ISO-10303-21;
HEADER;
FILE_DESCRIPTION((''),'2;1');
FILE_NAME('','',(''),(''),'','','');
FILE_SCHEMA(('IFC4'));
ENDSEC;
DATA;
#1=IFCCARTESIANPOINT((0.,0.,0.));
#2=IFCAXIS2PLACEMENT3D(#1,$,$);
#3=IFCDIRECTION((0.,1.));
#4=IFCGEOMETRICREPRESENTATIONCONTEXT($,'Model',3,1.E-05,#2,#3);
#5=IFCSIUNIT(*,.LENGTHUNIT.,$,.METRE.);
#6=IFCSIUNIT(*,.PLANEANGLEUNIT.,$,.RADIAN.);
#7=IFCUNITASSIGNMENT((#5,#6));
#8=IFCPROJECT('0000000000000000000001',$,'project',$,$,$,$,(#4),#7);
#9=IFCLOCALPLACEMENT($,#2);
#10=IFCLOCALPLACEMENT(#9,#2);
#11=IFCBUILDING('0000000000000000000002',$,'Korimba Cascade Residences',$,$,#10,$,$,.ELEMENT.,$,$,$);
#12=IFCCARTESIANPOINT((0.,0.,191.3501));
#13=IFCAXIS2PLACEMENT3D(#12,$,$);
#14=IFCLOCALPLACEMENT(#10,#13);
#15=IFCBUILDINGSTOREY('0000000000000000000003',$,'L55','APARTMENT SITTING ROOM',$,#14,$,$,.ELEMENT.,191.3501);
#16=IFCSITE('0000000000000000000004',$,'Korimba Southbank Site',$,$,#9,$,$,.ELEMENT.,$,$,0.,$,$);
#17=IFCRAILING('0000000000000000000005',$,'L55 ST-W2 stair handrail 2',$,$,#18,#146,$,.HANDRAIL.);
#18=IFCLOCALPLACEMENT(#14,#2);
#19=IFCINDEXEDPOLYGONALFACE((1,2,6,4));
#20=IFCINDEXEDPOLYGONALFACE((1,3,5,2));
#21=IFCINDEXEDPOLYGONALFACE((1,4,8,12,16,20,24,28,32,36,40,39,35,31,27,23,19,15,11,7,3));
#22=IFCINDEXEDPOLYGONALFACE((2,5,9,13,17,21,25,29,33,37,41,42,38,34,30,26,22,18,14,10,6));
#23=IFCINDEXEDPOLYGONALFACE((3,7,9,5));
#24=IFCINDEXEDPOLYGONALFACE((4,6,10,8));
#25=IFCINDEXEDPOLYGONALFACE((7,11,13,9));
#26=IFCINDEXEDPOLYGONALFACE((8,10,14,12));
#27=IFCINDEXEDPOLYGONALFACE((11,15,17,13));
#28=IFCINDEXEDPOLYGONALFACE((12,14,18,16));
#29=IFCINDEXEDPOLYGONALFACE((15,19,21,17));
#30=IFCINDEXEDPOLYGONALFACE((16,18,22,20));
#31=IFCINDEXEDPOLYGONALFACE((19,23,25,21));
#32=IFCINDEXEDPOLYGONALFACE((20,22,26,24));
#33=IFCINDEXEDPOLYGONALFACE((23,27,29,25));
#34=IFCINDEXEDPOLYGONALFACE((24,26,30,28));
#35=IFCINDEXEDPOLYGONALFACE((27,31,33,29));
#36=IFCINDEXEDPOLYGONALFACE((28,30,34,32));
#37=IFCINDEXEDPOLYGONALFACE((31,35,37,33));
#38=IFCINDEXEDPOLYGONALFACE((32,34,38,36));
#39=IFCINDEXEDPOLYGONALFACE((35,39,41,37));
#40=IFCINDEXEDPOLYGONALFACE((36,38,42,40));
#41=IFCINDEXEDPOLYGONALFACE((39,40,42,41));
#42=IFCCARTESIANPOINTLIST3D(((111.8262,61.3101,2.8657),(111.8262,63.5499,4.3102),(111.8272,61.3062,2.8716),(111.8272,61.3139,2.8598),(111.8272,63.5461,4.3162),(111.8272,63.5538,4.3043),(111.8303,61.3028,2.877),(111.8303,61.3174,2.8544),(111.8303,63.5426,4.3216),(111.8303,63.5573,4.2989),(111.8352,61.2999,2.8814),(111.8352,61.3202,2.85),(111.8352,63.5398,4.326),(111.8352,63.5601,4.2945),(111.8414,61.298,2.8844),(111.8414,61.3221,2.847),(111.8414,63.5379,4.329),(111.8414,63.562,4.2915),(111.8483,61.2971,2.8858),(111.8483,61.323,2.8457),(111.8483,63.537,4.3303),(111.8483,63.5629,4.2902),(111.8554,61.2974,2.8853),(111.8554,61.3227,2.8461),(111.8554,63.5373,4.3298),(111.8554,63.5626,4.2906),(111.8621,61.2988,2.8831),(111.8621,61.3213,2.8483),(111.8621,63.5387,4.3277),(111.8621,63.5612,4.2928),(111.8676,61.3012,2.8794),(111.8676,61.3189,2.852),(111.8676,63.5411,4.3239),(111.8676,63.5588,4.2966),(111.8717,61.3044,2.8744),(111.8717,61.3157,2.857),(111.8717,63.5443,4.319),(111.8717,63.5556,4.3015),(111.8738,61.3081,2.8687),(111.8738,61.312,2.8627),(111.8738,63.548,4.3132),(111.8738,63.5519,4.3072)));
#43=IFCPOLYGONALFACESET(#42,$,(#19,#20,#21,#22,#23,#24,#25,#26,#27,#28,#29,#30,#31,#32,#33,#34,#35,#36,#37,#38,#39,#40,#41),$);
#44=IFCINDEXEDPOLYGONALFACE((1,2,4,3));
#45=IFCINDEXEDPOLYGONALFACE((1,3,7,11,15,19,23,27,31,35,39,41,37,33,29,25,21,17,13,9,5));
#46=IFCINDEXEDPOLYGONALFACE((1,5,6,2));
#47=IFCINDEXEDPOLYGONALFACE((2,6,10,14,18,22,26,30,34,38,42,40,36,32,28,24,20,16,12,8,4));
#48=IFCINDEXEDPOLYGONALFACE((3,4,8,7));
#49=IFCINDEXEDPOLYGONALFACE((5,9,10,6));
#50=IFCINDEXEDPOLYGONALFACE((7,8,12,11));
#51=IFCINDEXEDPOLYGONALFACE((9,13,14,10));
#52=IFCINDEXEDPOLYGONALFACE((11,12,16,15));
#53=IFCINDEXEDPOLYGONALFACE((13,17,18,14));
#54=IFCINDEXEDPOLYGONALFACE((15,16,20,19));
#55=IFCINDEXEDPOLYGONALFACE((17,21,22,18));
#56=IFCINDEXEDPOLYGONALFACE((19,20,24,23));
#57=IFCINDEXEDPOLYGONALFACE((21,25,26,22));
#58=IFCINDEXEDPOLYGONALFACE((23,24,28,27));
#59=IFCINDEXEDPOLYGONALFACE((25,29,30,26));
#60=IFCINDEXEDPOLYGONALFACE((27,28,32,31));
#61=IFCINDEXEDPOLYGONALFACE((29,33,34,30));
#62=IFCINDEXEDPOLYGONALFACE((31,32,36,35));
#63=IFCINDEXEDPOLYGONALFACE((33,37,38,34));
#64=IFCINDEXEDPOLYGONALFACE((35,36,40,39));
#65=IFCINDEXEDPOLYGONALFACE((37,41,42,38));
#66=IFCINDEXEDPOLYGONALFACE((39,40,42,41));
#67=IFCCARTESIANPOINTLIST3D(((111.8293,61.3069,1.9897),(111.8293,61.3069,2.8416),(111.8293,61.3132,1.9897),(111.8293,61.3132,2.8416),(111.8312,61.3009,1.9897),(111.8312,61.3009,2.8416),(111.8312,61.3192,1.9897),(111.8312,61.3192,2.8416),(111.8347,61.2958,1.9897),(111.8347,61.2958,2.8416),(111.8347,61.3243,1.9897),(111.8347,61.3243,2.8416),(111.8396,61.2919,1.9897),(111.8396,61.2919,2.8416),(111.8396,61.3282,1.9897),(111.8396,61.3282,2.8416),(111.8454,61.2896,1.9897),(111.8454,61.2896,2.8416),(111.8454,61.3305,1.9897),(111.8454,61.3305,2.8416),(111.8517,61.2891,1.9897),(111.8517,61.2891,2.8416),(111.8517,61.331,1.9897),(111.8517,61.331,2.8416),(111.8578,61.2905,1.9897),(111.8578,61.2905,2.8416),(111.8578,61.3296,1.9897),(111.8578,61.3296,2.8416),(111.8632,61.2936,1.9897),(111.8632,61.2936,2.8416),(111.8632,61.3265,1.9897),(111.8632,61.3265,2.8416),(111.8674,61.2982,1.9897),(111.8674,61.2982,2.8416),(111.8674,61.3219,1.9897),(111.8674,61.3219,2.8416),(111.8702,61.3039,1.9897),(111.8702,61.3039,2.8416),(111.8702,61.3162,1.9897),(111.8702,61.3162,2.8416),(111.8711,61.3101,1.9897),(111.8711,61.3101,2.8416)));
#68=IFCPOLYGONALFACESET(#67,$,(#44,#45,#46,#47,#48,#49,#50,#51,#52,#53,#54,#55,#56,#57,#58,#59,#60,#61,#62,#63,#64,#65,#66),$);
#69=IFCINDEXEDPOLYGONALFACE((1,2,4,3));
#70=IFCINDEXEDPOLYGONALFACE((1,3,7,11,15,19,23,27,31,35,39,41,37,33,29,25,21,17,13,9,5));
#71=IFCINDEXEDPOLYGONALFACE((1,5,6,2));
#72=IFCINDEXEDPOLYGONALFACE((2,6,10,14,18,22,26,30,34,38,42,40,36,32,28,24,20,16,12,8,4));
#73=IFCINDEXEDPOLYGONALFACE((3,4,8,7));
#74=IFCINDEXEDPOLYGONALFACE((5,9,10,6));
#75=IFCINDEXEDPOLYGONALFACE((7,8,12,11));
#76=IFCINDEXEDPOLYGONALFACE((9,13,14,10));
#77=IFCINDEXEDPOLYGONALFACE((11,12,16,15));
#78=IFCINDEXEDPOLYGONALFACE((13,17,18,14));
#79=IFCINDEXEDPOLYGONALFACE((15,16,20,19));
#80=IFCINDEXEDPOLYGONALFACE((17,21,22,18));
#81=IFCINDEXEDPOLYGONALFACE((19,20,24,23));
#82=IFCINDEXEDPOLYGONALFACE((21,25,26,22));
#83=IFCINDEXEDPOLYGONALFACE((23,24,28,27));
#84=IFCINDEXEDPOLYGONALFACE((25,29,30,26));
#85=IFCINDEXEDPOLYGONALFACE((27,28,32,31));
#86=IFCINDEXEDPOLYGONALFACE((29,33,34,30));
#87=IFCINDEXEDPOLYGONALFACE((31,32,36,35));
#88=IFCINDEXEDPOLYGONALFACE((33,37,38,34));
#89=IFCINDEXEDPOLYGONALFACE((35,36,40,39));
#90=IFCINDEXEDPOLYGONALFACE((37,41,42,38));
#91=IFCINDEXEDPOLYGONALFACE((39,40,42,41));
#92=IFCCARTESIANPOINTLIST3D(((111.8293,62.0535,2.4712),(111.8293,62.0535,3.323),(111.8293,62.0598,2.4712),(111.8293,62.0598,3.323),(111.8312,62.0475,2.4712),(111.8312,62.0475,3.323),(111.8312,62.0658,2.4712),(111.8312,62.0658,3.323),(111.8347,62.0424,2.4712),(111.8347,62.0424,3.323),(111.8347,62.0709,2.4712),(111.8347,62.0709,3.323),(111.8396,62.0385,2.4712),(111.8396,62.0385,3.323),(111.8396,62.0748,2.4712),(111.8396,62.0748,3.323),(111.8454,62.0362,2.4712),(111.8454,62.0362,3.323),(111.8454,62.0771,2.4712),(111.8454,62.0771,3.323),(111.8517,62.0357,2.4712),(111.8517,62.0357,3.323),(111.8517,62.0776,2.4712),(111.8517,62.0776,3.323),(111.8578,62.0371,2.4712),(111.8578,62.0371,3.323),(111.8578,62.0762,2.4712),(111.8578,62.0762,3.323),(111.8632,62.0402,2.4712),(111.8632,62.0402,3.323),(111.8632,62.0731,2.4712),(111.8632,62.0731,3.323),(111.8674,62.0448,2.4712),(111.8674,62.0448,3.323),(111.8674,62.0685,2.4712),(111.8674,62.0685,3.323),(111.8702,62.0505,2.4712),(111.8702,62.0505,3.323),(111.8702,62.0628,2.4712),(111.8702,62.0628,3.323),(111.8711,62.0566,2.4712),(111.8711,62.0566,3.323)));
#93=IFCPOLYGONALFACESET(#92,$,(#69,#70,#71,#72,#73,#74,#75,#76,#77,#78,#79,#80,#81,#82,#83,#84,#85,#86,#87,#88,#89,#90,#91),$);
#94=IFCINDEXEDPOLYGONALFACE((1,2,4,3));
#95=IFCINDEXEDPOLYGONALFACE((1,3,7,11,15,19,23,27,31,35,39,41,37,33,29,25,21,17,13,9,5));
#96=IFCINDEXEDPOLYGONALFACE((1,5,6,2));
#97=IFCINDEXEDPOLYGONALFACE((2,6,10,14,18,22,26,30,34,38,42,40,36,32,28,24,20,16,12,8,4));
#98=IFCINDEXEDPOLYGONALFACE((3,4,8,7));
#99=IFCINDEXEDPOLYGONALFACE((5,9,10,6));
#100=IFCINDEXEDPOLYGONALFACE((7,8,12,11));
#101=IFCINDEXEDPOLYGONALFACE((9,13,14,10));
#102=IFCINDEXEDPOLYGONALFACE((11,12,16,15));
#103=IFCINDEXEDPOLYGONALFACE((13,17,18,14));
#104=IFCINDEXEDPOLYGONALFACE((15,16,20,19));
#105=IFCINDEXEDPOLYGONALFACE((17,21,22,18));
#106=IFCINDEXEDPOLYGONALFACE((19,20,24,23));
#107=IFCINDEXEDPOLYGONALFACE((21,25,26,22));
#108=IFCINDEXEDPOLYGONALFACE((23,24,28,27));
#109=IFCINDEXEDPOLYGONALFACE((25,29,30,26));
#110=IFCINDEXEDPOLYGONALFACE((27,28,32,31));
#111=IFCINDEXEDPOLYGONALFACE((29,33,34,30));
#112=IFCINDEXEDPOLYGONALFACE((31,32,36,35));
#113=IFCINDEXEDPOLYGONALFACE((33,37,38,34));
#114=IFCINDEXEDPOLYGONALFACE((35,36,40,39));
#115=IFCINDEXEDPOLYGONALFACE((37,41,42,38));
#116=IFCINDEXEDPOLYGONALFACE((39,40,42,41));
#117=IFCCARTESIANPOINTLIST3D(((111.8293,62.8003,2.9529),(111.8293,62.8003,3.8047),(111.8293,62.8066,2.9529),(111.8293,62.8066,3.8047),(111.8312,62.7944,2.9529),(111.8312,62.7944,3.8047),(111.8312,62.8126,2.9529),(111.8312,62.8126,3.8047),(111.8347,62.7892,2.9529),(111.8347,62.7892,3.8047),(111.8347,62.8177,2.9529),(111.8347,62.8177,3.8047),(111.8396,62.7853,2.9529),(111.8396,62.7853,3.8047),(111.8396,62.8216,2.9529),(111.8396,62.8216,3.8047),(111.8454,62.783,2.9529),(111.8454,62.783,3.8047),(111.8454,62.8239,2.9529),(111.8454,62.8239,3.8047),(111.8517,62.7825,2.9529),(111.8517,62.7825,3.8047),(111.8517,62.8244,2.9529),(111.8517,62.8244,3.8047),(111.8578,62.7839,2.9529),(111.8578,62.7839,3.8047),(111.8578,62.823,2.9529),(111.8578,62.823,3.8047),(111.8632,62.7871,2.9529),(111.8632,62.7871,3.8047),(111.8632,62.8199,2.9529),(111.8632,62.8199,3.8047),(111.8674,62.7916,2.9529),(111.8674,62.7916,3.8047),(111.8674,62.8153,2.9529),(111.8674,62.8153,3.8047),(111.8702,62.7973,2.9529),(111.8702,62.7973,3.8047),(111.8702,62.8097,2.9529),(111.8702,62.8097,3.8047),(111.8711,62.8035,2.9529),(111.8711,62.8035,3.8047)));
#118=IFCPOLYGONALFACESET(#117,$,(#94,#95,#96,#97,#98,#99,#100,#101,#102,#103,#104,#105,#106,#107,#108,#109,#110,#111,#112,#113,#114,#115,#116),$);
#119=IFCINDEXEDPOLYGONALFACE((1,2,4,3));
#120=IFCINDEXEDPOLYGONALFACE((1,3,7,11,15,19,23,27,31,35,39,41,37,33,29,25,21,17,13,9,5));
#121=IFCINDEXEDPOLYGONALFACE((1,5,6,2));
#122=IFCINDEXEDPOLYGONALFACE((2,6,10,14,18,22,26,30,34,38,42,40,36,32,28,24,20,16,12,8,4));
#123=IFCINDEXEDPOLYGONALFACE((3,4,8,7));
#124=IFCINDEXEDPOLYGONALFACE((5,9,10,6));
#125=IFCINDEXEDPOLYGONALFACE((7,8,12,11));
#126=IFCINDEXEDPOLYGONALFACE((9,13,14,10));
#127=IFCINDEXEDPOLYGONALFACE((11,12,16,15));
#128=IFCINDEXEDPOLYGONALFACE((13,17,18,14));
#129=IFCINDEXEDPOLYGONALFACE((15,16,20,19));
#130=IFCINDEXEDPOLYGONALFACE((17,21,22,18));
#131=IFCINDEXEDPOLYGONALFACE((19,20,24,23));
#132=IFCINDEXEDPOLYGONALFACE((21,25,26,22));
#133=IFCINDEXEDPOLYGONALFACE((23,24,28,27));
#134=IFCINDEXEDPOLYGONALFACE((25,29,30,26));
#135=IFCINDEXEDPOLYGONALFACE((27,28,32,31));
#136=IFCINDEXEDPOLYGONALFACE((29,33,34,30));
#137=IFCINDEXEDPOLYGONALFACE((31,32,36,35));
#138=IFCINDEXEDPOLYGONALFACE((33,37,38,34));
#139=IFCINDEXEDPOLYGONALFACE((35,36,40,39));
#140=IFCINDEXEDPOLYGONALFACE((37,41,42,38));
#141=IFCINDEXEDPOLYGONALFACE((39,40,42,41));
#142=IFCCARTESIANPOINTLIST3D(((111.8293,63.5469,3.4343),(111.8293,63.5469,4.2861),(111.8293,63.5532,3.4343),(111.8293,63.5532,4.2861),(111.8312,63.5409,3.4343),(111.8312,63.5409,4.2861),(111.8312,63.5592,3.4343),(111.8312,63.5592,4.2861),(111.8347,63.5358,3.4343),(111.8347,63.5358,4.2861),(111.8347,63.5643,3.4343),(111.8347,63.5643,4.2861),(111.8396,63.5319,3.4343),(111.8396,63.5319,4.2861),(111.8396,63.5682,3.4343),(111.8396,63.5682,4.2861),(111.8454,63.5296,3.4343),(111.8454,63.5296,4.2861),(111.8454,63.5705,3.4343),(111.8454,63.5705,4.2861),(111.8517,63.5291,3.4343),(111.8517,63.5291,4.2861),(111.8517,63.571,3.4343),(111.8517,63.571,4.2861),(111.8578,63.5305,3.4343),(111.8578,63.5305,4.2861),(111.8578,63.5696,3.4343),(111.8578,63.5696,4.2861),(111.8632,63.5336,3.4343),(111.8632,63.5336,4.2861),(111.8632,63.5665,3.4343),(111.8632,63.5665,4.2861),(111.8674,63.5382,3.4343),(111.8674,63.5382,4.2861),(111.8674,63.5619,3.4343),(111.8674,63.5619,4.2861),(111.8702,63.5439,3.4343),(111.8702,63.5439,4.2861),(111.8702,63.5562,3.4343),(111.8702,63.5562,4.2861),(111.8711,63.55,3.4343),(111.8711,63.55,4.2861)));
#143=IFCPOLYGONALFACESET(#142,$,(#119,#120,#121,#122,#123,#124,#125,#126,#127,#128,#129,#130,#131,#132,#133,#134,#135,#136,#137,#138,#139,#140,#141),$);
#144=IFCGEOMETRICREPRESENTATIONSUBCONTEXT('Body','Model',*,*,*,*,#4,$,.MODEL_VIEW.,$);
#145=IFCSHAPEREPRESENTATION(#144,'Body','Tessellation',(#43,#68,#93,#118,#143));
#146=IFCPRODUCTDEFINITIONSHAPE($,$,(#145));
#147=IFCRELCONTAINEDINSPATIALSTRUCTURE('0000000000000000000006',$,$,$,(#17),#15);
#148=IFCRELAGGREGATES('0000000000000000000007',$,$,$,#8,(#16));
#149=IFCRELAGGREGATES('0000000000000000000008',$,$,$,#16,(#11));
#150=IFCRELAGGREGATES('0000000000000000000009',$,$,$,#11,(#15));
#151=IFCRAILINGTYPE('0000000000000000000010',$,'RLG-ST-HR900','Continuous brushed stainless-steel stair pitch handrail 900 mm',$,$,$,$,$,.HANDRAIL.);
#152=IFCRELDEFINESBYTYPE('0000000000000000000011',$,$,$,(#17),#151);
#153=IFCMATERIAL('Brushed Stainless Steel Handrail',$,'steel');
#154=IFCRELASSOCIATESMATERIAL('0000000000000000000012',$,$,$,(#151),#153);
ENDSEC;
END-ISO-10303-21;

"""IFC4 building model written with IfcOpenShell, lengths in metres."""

from ifc_helpers import new_model, si_unit, direction, frame, origin, origin_2d, place, context, subcontext, project, spatial, circle, extrude, material, type_object, element, save


model = new_model("IFC4")

# Units and contexts
model_context = context("Model", 3, precision=1e-05, world=origin(), true_north=direction((0.0, 1.0)))
body_context = subcontext(model_context, "Body", "Model", "MODEL_VIEW")
ifc_project = project(units=[si_unit("LENGTHUNIT", "METRE"), si_unit("PLANEANGLEUNIT", "RADIAN")], contexts=[model_context])

# Site, building, storey
site_placement = place(None, origin())
site = spatial("IfcSite", under=ifc_project, at=site_placement, Name="Korimba Southbank Site", CompositionType="ELEMENT", RefElevation=0.0)
building_placement = place(site_placement, origin())
building = spatial("IfcBuilding", under=site, at=building_placement, Name="Korimba Cascade Residences", CompositionType="ELEMENT")
storey_placement = place(building_placement, frame((0.0, 0.0, 191.3501)))
storey = spatial("IfcBuildingStorey", under=building, at=storey_placement, Name="L55", Description="APARTMENT SITTING ROOM", CompositionType="ELEMENT", Elevation=191.3501)

# Railing
ifc_material_1 = material(Name="Brushed Stainless Steel Handrail", Category="steel")
railing_type_1 = type_object("IfcRailingType", Name="RLG-ST-HR900", Description="Continuous brushed stainless-steel stair pitch handrail 900 mm", PredefinedType="HANDRAIL", material=ifc_material_1)
railing_1_placement = place(storey_placement, frame((111.8501, 61.3101, 1.9897)))
element("IfcRailing", 1, at=railing_1_placement, inside=storey, type_object=railing_type_1, Name="L55 ST-W2 stair handrail 2", PredefinedType="HANDRAIL", context=body_context, shape_type="SweptSolid", body=[
    extrude(circle(Radius=0.0239, at=origin_2d()), frame((0.0, 0.0, 0.876), z_axis=(0.0, 0.840395, 0.541975), x_axis=(-1.0, 0.0, 0.0)), (0.0, 0.0, 1.0), 2.6653),
    extrude(circle(Radius=0.021, at=origin_2d()), origin(), (0.0, 0.0, 1.0), 0.8518),
    extrude(circle(Radius=0.021, at=origin_2d()), frame((0.0, 0.7466, 0.4814)), (0.0, 0.0, 1.0), 0.8518),
    extrude(circle(Radius=0.021, at=origin_2d()), frame((0.0, 1.4934, 0.9631)), (0.0, 0.0, 1.0), 0.8518),
    extrude(circle(Radius=0.021, at=origin_2d()), frame((0.0, 2.24, 1.4446)), (0.0, 0.0, 1.0), 0.8518),
])

save(model, "model.ifc")
